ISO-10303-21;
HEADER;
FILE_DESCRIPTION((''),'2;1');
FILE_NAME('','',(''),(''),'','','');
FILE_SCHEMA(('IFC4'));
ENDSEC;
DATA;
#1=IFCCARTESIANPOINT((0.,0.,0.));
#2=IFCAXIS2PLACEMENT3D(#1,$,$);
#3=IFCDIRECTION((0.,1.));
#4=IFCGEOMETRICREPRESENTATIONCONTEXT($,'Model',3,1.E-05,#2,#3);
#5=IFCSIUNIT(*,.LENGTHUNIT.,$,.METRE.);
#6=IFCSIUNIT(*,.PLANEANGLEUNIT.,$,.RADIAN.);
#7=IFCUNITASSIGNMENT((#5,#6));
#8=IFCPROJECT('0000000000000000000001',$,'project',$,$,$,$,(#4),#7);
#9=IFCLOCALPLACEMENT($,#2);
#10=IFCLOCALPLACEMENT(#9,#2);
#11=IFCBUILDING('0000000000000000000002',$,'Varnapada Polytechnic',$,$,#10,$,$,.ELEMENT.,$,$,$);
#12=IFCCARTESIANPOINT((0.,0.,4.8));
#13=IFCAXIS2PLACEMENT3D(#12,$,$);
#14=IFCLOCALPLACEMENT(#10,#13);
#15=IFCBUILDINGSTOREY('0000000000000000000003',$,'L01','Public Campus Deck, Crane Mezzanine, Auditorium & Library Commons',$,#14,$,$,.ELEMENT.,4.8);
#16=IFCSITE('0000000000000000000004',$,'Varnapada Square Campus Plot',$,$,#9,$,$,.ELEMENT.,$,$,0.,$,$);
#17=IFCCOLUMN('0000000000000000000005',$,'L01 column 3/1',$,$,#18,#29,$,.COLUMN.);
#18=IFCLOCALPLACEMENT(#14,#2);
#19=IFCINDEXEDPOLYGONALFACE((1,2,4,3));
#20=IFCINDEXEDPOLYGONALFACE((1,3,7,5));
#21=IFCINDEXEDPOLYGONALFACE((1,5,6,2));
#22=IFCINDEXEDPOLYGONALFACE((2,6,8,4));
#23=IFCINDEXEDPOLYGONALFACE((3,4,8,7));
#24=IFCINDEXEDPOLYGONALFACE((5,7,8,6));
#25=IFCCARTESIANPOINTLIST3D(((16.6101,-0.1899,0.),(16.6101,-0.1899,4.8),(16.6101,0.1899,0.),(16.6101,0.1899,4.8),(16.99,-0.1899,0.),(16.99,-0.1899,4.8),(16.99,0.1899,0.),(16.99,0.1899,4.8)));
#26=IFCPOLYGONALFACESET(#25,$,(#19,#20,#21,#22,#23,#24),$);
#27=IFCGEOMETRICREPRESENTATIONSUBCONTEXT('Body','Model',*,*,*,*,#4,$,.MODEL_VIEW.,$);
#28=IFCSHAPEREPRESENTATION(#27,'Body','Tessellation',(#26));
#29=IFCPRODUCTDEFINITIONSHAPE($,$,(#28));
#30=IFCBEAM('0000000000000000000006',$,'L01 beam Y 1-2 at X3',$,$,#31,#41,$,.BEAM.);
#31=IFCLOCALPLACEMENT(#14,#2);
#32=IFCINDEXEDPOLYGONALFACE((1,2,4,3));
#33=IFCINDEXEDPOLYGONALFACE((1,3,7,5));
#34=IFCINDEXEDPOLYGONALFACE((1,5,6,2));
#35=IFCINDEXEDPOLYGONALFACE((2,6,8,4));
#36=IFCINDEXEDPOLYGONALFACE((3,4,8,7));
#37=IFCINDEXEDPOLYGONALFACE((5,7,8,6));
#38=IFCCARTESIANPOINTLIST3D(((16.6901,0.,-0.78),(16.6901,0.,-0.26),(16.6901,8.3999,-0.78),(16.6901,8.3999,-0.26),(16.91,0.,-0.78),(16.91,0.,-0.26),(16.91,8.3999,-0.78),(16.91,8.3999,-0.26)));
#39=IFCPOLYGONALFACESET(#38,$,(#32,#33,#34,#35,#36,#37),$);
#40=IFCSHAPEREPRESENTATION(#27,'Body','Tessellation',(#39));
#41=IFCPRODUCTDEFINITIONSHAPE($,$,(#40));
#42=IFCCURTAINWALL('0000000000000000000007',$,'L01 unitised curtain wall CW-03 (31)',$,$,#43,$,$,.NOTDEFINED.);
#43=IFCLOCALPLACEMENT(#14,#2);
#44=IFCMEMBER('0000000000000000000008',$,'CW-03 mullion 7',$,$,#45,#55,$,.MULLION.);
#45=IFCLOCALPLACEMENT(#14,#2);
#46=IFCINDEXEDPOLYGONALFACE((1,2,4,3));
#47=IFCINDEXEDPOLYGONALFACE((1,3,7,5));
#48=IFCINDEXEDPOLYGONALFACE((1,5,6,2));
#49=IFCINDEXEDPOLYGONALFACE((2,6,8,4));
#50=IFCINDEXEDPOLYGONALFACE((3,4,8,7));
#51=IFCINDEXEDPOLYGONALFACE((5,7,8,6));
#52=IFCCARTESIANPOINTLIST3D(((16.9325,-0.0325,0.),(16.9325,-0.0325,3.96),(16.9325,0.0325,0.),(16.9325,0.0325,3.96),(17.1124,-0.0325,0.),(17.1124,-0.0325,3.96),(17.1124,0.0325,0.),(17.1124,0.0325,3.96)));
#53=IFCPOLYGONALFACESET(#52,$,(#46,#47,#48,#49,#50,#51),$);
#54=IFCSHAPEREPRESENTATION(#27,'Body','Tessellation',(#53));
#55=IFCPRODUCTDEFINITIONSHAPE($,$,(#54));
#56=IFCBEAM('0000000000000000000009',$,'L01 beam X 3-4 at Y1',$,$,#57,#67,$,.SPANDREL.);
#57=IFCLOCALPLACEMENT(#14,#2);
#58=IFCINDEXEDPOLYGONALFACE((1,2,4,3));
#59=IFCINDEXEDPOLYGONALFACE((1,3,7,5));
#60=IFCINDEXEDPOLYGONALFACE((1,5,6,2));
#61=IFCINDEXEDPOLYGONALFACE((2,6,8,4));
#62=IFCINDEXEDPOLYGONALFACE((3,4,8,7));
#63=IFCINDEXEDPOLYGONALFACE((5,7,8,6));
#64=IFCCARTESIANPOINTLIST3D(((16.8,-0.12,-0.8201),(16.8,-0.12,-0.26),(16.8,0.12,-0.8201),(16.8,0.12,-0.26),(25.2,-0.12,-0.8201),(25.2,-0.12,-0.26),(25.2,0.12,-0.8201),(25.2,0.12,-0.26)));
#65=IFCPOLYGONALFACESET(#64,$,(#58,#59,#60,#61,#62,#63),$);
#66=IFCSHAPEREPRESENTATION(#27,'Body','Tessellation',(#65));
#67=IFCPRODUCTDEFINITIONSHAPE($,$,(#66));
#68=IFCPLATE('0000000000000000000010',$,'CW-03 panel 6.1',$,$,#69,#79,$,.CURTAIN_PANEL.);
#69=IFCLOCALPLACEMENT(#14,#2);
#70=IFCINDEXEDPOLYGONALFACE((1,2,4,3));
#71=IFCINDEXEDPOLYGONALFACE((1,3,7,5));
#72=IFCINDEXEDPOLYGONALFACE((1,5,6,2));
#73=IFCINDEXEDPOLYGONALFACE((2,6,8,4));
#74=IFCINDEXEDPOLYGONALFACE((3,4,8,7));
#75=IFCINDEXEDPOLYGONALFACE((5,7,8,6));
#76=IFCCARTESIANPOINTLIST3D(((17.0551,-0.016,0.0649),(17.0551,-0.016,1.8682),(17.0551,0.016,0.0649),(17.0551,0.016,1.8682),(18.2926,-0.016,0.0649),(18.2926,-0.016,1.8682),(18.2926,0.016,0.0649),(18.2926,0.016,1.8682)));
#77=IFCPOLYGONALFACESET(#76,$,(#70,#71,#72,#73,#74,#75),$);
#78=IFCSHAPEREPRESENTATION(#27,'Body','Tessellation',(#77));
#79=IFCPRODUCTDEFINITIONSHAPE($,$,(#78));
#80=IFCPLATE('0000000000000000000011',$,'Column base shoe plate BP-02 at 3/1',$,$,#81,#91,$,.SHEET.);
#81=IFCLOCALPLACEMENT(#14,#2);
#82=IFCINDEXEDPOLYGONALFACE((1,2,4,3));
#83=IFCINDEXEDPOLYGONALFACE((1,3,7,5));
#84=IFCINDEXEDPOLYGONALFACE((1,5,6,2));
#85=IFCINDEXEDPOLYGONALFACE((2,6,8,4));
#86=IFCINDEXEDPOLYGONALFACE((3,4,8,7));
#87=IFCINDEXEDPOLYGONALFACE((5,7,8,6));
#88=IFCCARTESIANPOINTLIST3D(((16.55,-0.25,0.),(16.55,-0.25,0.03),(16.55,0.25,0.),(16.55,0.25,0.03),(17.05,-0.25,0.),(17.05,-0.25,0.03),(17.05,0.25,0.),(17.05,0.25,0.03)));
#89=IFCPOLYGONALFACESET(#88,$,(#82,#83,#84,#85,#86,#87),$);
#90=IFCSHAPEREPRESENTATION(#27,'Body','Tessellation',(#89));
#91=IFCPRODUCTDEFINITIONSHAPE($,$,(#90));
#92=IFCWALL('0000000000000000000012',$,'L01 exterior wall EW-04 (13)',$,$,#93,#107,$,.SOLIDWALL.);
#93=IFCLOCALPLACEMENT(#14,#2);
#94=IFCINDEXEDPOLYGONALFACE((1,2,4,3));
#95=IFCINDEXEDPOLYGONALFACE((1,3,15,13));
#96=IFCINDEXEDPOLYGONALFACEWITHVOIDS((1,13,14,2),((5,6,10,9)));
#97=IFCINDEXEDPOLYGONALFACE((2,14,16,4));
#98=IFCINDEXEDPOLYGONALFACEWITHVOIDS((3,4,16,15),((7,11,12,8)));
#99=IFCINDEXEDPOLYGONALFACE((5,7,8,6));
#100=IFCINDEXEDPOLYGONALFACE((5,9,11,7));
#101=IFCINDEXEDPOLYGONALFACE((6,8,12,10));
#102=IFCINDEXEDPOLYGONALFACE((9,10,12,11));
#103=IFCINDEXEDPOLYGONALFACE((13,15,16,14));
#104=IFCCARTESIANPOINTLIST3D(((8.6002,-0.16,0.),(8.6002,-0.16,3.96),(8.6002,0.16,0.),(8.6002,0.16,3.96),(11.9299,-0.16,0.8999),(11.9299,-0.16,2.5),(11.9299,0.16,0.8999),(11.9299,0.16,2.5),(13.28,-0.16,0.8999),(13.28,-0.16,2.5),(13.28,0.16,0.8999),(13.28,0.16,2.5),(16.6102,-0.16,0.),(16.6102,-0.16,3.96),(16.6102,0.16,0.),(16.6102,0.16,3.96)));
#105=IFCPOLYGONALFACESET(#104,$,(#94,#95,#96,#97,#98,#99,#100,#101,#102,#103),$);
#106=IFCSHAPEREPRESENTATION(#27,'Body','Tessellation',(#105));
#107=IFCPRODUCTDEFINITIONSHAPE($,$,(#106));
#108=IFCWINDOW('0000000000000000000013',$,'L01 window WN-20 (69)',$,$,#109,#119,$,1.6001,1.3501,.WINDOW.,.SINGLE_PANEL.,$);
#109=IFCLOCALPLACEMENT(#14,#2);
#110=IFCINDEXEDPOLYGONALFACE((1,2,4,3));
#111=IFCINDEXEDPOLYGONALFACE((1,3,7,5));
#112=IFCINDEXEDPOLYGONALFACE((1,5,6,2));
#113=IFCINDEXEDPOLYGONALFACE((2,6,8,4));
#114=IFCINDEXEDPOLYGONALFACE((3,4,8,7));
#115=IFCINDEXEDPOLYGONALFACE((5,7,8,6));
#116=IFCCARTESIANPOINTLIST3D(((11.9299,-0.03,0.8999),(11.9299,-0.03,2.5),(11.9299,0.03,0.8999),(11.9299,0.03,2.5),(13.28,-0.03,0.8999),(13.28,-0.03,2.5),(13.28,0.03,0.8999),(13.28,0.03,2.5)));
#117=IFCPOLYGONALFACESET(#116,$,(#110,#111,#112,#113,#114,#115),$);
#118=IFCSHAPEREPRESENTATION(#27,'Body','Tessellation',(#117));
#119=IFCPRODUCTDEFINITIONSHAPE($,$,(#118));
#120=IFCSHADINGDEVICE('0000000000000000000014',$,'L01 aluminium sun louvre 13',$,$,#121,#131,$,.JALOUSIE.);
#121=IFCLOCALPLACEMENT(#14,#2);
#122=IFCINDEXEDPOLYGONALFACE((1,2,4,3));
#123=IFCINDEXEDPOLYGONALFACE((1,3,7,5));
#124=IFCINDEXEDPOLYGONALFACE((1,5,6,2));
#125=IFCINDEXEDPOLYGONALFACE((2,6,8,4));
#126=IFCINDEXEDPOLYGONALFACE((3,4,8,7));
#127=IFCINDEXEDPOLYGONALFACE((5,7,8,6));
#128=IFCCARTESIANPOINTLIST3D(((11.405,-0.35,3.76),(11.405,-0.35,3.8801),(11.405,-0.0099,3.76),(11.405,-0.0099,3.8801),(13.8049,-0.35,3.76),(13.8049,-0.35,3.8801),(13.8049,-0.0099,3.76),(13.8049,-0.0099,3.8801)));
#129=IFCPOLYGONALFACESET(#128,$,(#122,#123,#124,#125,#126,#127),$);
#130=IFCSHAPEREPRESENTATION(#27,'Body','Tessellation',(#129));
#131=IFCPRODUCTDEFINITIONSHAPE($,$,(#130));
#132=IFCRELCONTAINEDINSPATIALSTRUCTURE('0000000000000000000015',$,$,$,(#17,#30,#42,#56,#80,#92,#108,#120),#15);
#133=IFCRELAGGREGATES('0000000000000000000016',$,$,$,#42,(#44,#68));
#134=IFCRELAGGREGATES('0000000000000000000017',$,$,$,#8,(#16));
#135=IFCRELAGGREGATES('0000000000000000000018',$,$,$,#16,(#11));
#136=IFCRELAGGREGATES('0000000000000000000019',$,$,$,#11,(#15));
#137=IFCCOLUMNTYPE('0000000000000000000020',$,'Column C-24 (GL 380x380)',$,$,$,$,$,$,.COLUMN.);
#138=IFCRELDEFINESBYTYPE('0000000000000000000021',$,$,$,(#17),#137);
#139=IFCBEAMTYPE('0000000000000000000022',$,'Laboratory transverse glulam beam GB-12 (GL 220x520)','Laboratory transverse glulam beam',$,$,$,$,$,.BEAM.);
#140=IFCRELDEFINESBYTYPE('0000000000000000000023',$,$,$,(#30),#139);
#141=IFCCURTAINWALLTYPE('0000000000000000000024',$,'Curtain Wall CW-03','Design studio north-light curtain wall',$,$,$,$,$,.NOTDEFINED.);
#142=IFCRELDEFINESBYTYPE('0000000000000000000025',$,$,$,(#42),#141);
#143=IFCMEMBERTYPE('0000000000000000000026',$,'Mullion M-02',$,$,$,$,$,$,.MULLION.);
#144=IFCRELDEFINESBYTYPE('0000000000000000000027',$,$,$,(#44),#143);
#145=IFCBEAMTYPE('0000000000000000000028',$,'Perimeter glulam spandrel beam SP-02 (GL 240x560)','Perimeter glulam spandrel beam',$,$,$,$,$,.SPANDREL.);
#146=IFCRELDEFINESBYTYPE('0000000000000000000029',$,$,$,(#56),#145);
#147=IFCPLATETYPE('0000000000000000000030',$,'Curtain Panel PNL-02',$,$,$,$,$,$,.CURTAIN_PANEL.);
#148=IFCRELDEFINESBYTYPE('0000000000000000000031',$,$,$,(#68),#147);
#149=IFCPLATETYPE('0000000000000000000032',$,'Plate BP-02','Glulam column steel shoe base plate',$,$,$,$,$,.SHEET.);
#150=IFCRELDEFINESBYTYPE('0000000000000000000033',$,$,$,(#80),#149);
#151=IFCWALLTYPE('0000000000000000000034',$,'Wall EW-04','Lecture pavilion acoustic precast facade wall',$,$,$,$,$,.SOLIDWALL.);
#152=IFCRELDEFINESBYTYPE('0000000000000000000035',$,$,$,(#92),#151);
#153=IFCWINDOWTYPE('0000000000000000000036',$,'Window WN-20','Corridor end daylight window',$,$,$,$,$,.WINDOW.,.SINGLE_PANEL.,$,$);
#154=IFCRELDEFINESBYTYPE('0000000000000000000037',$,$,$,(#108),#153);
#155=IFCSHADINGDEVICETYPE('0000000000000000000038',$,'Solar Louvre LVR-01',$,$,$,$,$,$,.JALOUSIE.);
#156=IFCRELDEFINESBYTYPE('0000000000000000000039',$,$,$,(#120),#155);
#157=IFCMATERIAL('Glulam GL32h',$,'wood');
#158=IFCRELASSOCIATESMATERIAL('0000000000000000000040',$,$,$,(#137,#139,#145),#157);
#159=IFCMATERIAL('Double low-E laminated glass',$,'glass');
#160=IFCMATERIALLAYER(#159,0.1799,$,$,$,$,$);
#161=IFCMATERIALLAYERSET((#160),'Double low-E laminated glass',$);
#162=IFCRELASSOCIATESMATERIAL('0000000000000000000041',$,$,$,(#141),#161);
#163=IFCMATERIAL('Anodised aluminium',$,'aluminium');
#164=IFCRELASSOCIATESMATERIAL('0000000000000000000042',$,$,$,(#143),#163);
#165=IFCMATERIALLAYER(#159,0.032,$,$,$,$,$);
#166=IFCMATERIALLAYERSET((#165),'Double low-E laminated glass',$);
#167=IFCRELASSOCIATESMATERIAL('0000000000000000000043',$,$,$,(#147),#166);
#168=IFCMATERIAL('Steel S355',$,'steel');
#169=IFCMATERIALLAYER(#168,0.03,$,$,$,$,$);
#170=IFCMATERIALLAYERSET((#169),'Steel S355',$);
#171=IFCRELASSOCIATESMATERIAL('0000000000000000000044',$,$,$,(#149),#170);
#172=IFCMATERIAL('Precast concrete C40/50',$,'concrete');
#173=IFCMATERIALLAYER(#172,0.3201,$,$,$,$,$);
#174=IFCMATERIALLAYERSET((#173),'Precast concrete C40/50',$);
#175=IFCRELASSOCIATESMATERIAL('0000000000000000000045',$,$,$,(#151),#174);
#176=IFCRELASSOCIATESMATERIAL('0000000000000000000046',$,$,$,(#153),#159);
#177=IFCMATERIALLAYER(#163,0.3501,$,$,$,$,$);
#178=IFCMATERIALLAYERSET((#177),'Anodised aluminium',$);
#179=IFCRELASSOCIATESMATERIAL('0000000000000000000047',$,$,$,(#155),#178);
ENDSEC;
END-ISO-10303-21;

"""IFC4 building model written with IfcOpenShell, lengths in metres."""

from ifc_helpers import new_model, si_unit, direction, frame, frame_2d, origin, origin_2d, place, context, subcontext, project, spatial, rectangle, extrude, material, layer, layer_set, material_profile, profile_set, type_object, element, fill, aggregate, save


model = new_model("IFC4")

# Units and contexts
model_context = context("Model", 3, precision=1e-05, world=origin(), true_north=direction((0.0, 1.0)))
body_context = subcontext(model_context, "Body", "Model", "MODEL_VIEW")
ifc_project = project(units=[si_unit("LENGTHUNIT", "METRE"), si_unit("PLANEANGLEUNIT", "RADIAN")], contexts=[model_context])

# Site, building, storey
site_placement = place(None, origin())
site = spatial("IfcSite", under=ifc_project, at=site_placement, Name="Varnapada Square Campus Plot", CompositionType="ELEMENT", RefElevation=0.0)
building_placement = place(site_placement, origin())
building = spatial("IfcBuilding", under=site, at=building_placement, Name="Varnapada Polytechnic", CompositionType="ELEMENT")
storey_placement = place(building_placement, frame((0.0, 0.0, 4.8)))
storey = spatial("IfcBuildingStorey", under=building, at=storey_placement, Name="L01", Description="Public Campus Deck, Crane Mezzanine, Auditorium & Library Commons", CompositionType="ELEMENT", Elevation=4.8)

# Column
ifc_material_1 = material(Name="Glulam GL32h", Category="wood")
ifc_material_profile_1 = material_profile(ifc_material_1, rectangle(XDim=0.3799, YDim=0.3799, at=origin_2d()), Name="GL 380x380")
ifc_profile_set_1 = profile_set([ifc_material_profile_1], Name="Glulam GL32h")
column_type = type_object("IfcColumnType", Name="Column C-24 (GL 380x380)", PredefinedType="COLUMN", material=ifc_profile_set_1)
column_placement = place(storey_placement, frame((16.8, 0.0, 0.0), z_axis=(0.0, 0.0, 1.0), x_axis=(1.0, 0.0, 0.0)))
element("IfcColumn", 1, at=column_placement, inside=storey, type_object=column_type, Name="L01 column 3/1", PredefinedType="COLUMN", context=body_context, shape_type="SweptSolid", body=[
    extrude(rectangle(XDim=0.3799, YDim=0.3799, at=origin_2d()), origin(), (0.0, 0.0, 1.0), 4.8),
])

# Beam
ifc_material_profile_2 = material_profile(ifc_material_1, rectangle(XDim=0.22, YDim=0.52, at=origin_2d()), Name="GL 220x520")
ifc_profile_set_2 = profile_set([ifc_material_profile_2], Name="Glulam GL32h")
beam_type_1 = type_object("IfcBeamType", Name="Laboratory transverse glulam beam GB-12 (GL 220x520)", Description="Laboratory transverse glulam beam", PredefinedType="BEAM", material=ifc_profile_set_2)
beam_1_placement = place(storey_placement, frame((16.8, 0.0, -0.52), z_axis=(0.0, 1.0, 0.0), x_axis=(-1.0, 0.0, 0.0)))
element("IfcBeam", 2, at=beam_1_placement, inside=storey, type_object=beam_type_1, Name="L01 beam Y 1-2 at X3", PredefinedType="BEAM", context=body_context, shape_type="SweptSolid", body=[
    extrude(rectangle(XDim=0.22, YDim=0.52, at=origin_2d()), origin(), (0.0, 0.0, 1.0), 8.3999),
])

# Curtain wall, member
ifc_material_2 = material(Name="Double low-E laminated glass", Category="glass")
ifc_layer_1 = layer(ifc_material_2, 0.1799)
ifc_layer_set_1 = layer_set([ifc_layer_1], Name="Double low-E laminated glass")
curtain_wall_type = type_object("IfcCurtainWallType", Name="Curtain Wall CW-03", Description="Design studio north-light curtain wall", PredefinedType="NOTDEFINED", material=ifc_layer_set_1)
curtain_wall_placement = place(storey_placement, origin())
curtain_wall = element("IfcCurtainWall", 3, at=curtain_wall_placement, inside=storey, type_object=curtain_wall_type, Name="L01 unitised curtain wall CW-03 (31)", PredefinedType="NOTDEFINED")
ifc_material_3 = material(Name="Anodised aluminium", Category="aluminium")
ifc_material_profile_3 = material_profile(ifc_material_3, rectangle(XDim=0.0649, YDim=0.1799, at=origin_2d()), Name="ALU M65x180")
ifc_profile_set_3 = profile_set([ifc_material_profile_3], Name="Anodised aluminium")
member_type = type_object("IfcMemberType", Name="Mullion M-02", PredefinedType="MULLION", material=ifc_profile_set_3)
member_placement = place(storey_placement, frame((17.0225, 0.0, 0.0), z_axis=(0.0, 0.0, 1.0), x_axis=(0.0, -1.0, 0.0)))
member = element("IfcMember", 4, at=member_placement, type_object=member_type, Name="CW-03 mullion 7", PredefinedType="MULLION", context=body_context, shape_type="SweptSolid", body=[
    extrude(rectangle(XDim=0.0649, YDim=0.1799, at=origin_2d()), origin(), (0.0, 0.0, 1.0), 3.96),
])

# Beam
ifc_material_profile_4 = material_profile(ifc_material_1, rectangle(XDim=0.24, YDim=0.5601, at=origin_2d()), Name="GL 240x560")
ifc_profile_set_4 = profile_set([ifc_material_profile_4], Name="Glulam GL32h")
beam_type_2 = type_object("IfcBeamType", Name="Perimeter glulam spandrel beam SP-02 (GL 240x560)", Description="Perimeter glulam spandrel beam", PredefinedType="SPANDREL", material=ifc_profile_set_4)
beam_2_placement = place(storey_placement, frame((16.8, 0.0, -0.54), z_axis=(1.0, 0.0, 0.0), x_axis=(0.0, 1.0, 0.0)))
element("IfcBeam", 5, at=beam_2_placement, inside=storey, type_object=beam_type_2, Name="L01 beam X 3-4 at Y1", PredefinedType="SPANDREL", context=body_context, shape_type="SweptSolid", body=[
    extrude(rectangle(XDim=0.24, YDim=0.5601, at=origin_2d()), origin(), (0.0, 0.0, 1.0), 8.3999),
])

# Plates
ifc_layer_2 = layer(ifc_material_2, 0.032)
ifc_layer_set_2 = layer_set([ifc_layer_2], Name="Double low-E laminated glass")
plate_type_1 = type_object("IfcPlateType", Name="Curtain Panel PNL-02", PredefinedType="CURTAIN_PANEL", material=ifc_layer_set_2)
plate_1_placement = place(storey_placement, frame((17.6738, 0.0, 0.0649), z_axis=(0.0, 0.0, 1.0), x_axis=(-1.0, 0.0, 0.0)))
plate_1 = element("IfcPlate", 6, at=plate_1_placement, type_object=plate_type_1, Name="CW-03 panel 6.1", PredefinedType="CURTAIN_PANEL", context=body_context, shape_type="SweptSolid", body=[
    extrude(rectangle(XDim=1.2375, YDim=0.032, at=origin_2d()), origin(), (0.0, 0.0, 1.0), 1.8032),
])
aggregate(curtain_wall, [member, plate_1])
ifc_material_4 = material(Name="Steel S355", Category="steel")
ifc_layer_3 = layer(ifc_material_4, 0.03)
ifc_layer_set_3 = layer_set([ifc_layer_3], Name="Steel S355")
plate_type_2 = type_object("IfcPlateType", Name="Plate BP-02", Description="Glulam column steel shoe base plate", PredefinedType="SHEET", material=ifc_layer_set_3)
plate_2_placement = place(storey_placement, frame((16.8, 0.0, 0.0), z_axis=(0.0, 0.0, 1.0), x_axis=(1.0, 0.0, 0.0)))
element("IfcPlate", 7, at=plate_2_placement, inside=storey, type_object=plate_type_2, Name="Column base shoe plate BP-02 at 3/1", PredefinedType="SHEET", context=body_context, shape_type="SweptSolid", body=[
    extrude(rectangle(XDim=0.5, YDim=0.5, at=origin_2d()), origin(), (0.0, 0.0, 1.0), 0.03),
])

# Wall, opening, window
ifc_material_5 = material(Name="Precast concrete C40/50", Category="concrete")
ifc_layer_4 = layer(ifc_material_5, 0.3201)
ifc_layer_set_4 = layer_set([ifc_layer_4], Name="Precast concrete C40/50")
wall_type = type_object("IfcWallType", Name="Wall EW-04", Description="Lecture pavilion acoustic precast facade wall", PredefinedType="SOLIDWALL", material=ifc_layer_set_4)
wall_placement = place(storey_placement, frame((16.6101, 0.0, 0.0), z_axis=(0.0, 0.0, 1.0), x_axis=(-1.0, 0.0, 0.0)))
wall = element("IfcWall", 8, at=wall_placement, inside=storey, type_object=wall_type, Name="L01 exterior wall EW-04 (13)", PredefinedType="SOLIDWALL", context=body_context, shape_type="SweptSolid", body=[
    extrude(rectangle(XDim=8.01, YDim=0.3201, at=frame_2d((4.0049, 0.0))), origin(), (0.0, 0.0, 1.0), 3.96),
])
opening_1_placement = place(wall_placement, frame((3.3301, 0.0, 0.8999)))
opening_1 = element("IfcOpeningElement", 9, at=opening_1_placement, cuts=wall, PredefinedType="OPENING", context=body_context, shape_type="SweptSolid", body=[
    extrude(rectangle(XDim=1.3501, YDim=1.6001, at=frame_2d((0.675, 0.8))), frame((0.0, 0.1699, 0.0), z_axis=(0.0, -1.0, 0.0), x_axis=(1.0, 0.0, 0.0)), (0.0, 0.0, 1.0), 0.3401),
])
window_type = type_object("IfcWindowType", Name="Window WN-20", Description="Corridor end daylight window", PartitioningType="SINGLE_PANEL", PredefinedType="WINDOW", material=ifc_material_2)
window_placement = place(opening_1_placement, origin())
window = element("IfcWindow", 10, at=window_placement, inside=storey, type_object=window_type, Name="L01 window WN-20 (69)", OverallHeight=1.6001, OverallWidth=1.3501, PartitioningType="SINGLE_PANEL", PredefinedType="WINDOW", context=body_context, shape_type="SweptSolid", body=[
    extrude(rectangle(XDim=1.3501, YDim=1.6001, at=frame_2d((0.675, 0.8))), frame((0.0, 0.03, 0.0), z_axis=(0.0, -1.0, 0.0), x_axis=(1.0, 0.0, 0.0)), (0.0, 0.0, 1.0), 0.0601),
])
fill(opening_1, window)

# Shading device
ifc_layer_5 = layer(ifc_material_3, 0.3501)
ifc_layer_set_5 = layer_set([ifc_layer_5], Name="Anodised aluminium")
shading_device_type_1 = type_object("IfcShadingDeviceType", Name="Solar Louvre LVR-01", PredefinedType="JALOUSIE", material=ifc_layer_set_5)
shading_device_1_placement = place(storey_placement, frame((12.605, -0.1799, 3.76), z_axis=(0.0, 0.0, 1.0), x_axis=(-1.0, 0.0, 0.0)))
element("IfcShadingDevice", 11, at=shading_device_1_placement, inside=storey, type_object=shading_device_type_1, Name="L01 aluminium sun louvre 13", PredefinedType="JALOUSIE", context=body_context, shape_type="SweptSolid", body=[
    extrude(rectangle(XDim=2.3999, YDim=0.3401, at=origin_2d()), origin(), (0.0, 0.0, 1.0), 0.1201),
])

save(model, "model.ifc")
